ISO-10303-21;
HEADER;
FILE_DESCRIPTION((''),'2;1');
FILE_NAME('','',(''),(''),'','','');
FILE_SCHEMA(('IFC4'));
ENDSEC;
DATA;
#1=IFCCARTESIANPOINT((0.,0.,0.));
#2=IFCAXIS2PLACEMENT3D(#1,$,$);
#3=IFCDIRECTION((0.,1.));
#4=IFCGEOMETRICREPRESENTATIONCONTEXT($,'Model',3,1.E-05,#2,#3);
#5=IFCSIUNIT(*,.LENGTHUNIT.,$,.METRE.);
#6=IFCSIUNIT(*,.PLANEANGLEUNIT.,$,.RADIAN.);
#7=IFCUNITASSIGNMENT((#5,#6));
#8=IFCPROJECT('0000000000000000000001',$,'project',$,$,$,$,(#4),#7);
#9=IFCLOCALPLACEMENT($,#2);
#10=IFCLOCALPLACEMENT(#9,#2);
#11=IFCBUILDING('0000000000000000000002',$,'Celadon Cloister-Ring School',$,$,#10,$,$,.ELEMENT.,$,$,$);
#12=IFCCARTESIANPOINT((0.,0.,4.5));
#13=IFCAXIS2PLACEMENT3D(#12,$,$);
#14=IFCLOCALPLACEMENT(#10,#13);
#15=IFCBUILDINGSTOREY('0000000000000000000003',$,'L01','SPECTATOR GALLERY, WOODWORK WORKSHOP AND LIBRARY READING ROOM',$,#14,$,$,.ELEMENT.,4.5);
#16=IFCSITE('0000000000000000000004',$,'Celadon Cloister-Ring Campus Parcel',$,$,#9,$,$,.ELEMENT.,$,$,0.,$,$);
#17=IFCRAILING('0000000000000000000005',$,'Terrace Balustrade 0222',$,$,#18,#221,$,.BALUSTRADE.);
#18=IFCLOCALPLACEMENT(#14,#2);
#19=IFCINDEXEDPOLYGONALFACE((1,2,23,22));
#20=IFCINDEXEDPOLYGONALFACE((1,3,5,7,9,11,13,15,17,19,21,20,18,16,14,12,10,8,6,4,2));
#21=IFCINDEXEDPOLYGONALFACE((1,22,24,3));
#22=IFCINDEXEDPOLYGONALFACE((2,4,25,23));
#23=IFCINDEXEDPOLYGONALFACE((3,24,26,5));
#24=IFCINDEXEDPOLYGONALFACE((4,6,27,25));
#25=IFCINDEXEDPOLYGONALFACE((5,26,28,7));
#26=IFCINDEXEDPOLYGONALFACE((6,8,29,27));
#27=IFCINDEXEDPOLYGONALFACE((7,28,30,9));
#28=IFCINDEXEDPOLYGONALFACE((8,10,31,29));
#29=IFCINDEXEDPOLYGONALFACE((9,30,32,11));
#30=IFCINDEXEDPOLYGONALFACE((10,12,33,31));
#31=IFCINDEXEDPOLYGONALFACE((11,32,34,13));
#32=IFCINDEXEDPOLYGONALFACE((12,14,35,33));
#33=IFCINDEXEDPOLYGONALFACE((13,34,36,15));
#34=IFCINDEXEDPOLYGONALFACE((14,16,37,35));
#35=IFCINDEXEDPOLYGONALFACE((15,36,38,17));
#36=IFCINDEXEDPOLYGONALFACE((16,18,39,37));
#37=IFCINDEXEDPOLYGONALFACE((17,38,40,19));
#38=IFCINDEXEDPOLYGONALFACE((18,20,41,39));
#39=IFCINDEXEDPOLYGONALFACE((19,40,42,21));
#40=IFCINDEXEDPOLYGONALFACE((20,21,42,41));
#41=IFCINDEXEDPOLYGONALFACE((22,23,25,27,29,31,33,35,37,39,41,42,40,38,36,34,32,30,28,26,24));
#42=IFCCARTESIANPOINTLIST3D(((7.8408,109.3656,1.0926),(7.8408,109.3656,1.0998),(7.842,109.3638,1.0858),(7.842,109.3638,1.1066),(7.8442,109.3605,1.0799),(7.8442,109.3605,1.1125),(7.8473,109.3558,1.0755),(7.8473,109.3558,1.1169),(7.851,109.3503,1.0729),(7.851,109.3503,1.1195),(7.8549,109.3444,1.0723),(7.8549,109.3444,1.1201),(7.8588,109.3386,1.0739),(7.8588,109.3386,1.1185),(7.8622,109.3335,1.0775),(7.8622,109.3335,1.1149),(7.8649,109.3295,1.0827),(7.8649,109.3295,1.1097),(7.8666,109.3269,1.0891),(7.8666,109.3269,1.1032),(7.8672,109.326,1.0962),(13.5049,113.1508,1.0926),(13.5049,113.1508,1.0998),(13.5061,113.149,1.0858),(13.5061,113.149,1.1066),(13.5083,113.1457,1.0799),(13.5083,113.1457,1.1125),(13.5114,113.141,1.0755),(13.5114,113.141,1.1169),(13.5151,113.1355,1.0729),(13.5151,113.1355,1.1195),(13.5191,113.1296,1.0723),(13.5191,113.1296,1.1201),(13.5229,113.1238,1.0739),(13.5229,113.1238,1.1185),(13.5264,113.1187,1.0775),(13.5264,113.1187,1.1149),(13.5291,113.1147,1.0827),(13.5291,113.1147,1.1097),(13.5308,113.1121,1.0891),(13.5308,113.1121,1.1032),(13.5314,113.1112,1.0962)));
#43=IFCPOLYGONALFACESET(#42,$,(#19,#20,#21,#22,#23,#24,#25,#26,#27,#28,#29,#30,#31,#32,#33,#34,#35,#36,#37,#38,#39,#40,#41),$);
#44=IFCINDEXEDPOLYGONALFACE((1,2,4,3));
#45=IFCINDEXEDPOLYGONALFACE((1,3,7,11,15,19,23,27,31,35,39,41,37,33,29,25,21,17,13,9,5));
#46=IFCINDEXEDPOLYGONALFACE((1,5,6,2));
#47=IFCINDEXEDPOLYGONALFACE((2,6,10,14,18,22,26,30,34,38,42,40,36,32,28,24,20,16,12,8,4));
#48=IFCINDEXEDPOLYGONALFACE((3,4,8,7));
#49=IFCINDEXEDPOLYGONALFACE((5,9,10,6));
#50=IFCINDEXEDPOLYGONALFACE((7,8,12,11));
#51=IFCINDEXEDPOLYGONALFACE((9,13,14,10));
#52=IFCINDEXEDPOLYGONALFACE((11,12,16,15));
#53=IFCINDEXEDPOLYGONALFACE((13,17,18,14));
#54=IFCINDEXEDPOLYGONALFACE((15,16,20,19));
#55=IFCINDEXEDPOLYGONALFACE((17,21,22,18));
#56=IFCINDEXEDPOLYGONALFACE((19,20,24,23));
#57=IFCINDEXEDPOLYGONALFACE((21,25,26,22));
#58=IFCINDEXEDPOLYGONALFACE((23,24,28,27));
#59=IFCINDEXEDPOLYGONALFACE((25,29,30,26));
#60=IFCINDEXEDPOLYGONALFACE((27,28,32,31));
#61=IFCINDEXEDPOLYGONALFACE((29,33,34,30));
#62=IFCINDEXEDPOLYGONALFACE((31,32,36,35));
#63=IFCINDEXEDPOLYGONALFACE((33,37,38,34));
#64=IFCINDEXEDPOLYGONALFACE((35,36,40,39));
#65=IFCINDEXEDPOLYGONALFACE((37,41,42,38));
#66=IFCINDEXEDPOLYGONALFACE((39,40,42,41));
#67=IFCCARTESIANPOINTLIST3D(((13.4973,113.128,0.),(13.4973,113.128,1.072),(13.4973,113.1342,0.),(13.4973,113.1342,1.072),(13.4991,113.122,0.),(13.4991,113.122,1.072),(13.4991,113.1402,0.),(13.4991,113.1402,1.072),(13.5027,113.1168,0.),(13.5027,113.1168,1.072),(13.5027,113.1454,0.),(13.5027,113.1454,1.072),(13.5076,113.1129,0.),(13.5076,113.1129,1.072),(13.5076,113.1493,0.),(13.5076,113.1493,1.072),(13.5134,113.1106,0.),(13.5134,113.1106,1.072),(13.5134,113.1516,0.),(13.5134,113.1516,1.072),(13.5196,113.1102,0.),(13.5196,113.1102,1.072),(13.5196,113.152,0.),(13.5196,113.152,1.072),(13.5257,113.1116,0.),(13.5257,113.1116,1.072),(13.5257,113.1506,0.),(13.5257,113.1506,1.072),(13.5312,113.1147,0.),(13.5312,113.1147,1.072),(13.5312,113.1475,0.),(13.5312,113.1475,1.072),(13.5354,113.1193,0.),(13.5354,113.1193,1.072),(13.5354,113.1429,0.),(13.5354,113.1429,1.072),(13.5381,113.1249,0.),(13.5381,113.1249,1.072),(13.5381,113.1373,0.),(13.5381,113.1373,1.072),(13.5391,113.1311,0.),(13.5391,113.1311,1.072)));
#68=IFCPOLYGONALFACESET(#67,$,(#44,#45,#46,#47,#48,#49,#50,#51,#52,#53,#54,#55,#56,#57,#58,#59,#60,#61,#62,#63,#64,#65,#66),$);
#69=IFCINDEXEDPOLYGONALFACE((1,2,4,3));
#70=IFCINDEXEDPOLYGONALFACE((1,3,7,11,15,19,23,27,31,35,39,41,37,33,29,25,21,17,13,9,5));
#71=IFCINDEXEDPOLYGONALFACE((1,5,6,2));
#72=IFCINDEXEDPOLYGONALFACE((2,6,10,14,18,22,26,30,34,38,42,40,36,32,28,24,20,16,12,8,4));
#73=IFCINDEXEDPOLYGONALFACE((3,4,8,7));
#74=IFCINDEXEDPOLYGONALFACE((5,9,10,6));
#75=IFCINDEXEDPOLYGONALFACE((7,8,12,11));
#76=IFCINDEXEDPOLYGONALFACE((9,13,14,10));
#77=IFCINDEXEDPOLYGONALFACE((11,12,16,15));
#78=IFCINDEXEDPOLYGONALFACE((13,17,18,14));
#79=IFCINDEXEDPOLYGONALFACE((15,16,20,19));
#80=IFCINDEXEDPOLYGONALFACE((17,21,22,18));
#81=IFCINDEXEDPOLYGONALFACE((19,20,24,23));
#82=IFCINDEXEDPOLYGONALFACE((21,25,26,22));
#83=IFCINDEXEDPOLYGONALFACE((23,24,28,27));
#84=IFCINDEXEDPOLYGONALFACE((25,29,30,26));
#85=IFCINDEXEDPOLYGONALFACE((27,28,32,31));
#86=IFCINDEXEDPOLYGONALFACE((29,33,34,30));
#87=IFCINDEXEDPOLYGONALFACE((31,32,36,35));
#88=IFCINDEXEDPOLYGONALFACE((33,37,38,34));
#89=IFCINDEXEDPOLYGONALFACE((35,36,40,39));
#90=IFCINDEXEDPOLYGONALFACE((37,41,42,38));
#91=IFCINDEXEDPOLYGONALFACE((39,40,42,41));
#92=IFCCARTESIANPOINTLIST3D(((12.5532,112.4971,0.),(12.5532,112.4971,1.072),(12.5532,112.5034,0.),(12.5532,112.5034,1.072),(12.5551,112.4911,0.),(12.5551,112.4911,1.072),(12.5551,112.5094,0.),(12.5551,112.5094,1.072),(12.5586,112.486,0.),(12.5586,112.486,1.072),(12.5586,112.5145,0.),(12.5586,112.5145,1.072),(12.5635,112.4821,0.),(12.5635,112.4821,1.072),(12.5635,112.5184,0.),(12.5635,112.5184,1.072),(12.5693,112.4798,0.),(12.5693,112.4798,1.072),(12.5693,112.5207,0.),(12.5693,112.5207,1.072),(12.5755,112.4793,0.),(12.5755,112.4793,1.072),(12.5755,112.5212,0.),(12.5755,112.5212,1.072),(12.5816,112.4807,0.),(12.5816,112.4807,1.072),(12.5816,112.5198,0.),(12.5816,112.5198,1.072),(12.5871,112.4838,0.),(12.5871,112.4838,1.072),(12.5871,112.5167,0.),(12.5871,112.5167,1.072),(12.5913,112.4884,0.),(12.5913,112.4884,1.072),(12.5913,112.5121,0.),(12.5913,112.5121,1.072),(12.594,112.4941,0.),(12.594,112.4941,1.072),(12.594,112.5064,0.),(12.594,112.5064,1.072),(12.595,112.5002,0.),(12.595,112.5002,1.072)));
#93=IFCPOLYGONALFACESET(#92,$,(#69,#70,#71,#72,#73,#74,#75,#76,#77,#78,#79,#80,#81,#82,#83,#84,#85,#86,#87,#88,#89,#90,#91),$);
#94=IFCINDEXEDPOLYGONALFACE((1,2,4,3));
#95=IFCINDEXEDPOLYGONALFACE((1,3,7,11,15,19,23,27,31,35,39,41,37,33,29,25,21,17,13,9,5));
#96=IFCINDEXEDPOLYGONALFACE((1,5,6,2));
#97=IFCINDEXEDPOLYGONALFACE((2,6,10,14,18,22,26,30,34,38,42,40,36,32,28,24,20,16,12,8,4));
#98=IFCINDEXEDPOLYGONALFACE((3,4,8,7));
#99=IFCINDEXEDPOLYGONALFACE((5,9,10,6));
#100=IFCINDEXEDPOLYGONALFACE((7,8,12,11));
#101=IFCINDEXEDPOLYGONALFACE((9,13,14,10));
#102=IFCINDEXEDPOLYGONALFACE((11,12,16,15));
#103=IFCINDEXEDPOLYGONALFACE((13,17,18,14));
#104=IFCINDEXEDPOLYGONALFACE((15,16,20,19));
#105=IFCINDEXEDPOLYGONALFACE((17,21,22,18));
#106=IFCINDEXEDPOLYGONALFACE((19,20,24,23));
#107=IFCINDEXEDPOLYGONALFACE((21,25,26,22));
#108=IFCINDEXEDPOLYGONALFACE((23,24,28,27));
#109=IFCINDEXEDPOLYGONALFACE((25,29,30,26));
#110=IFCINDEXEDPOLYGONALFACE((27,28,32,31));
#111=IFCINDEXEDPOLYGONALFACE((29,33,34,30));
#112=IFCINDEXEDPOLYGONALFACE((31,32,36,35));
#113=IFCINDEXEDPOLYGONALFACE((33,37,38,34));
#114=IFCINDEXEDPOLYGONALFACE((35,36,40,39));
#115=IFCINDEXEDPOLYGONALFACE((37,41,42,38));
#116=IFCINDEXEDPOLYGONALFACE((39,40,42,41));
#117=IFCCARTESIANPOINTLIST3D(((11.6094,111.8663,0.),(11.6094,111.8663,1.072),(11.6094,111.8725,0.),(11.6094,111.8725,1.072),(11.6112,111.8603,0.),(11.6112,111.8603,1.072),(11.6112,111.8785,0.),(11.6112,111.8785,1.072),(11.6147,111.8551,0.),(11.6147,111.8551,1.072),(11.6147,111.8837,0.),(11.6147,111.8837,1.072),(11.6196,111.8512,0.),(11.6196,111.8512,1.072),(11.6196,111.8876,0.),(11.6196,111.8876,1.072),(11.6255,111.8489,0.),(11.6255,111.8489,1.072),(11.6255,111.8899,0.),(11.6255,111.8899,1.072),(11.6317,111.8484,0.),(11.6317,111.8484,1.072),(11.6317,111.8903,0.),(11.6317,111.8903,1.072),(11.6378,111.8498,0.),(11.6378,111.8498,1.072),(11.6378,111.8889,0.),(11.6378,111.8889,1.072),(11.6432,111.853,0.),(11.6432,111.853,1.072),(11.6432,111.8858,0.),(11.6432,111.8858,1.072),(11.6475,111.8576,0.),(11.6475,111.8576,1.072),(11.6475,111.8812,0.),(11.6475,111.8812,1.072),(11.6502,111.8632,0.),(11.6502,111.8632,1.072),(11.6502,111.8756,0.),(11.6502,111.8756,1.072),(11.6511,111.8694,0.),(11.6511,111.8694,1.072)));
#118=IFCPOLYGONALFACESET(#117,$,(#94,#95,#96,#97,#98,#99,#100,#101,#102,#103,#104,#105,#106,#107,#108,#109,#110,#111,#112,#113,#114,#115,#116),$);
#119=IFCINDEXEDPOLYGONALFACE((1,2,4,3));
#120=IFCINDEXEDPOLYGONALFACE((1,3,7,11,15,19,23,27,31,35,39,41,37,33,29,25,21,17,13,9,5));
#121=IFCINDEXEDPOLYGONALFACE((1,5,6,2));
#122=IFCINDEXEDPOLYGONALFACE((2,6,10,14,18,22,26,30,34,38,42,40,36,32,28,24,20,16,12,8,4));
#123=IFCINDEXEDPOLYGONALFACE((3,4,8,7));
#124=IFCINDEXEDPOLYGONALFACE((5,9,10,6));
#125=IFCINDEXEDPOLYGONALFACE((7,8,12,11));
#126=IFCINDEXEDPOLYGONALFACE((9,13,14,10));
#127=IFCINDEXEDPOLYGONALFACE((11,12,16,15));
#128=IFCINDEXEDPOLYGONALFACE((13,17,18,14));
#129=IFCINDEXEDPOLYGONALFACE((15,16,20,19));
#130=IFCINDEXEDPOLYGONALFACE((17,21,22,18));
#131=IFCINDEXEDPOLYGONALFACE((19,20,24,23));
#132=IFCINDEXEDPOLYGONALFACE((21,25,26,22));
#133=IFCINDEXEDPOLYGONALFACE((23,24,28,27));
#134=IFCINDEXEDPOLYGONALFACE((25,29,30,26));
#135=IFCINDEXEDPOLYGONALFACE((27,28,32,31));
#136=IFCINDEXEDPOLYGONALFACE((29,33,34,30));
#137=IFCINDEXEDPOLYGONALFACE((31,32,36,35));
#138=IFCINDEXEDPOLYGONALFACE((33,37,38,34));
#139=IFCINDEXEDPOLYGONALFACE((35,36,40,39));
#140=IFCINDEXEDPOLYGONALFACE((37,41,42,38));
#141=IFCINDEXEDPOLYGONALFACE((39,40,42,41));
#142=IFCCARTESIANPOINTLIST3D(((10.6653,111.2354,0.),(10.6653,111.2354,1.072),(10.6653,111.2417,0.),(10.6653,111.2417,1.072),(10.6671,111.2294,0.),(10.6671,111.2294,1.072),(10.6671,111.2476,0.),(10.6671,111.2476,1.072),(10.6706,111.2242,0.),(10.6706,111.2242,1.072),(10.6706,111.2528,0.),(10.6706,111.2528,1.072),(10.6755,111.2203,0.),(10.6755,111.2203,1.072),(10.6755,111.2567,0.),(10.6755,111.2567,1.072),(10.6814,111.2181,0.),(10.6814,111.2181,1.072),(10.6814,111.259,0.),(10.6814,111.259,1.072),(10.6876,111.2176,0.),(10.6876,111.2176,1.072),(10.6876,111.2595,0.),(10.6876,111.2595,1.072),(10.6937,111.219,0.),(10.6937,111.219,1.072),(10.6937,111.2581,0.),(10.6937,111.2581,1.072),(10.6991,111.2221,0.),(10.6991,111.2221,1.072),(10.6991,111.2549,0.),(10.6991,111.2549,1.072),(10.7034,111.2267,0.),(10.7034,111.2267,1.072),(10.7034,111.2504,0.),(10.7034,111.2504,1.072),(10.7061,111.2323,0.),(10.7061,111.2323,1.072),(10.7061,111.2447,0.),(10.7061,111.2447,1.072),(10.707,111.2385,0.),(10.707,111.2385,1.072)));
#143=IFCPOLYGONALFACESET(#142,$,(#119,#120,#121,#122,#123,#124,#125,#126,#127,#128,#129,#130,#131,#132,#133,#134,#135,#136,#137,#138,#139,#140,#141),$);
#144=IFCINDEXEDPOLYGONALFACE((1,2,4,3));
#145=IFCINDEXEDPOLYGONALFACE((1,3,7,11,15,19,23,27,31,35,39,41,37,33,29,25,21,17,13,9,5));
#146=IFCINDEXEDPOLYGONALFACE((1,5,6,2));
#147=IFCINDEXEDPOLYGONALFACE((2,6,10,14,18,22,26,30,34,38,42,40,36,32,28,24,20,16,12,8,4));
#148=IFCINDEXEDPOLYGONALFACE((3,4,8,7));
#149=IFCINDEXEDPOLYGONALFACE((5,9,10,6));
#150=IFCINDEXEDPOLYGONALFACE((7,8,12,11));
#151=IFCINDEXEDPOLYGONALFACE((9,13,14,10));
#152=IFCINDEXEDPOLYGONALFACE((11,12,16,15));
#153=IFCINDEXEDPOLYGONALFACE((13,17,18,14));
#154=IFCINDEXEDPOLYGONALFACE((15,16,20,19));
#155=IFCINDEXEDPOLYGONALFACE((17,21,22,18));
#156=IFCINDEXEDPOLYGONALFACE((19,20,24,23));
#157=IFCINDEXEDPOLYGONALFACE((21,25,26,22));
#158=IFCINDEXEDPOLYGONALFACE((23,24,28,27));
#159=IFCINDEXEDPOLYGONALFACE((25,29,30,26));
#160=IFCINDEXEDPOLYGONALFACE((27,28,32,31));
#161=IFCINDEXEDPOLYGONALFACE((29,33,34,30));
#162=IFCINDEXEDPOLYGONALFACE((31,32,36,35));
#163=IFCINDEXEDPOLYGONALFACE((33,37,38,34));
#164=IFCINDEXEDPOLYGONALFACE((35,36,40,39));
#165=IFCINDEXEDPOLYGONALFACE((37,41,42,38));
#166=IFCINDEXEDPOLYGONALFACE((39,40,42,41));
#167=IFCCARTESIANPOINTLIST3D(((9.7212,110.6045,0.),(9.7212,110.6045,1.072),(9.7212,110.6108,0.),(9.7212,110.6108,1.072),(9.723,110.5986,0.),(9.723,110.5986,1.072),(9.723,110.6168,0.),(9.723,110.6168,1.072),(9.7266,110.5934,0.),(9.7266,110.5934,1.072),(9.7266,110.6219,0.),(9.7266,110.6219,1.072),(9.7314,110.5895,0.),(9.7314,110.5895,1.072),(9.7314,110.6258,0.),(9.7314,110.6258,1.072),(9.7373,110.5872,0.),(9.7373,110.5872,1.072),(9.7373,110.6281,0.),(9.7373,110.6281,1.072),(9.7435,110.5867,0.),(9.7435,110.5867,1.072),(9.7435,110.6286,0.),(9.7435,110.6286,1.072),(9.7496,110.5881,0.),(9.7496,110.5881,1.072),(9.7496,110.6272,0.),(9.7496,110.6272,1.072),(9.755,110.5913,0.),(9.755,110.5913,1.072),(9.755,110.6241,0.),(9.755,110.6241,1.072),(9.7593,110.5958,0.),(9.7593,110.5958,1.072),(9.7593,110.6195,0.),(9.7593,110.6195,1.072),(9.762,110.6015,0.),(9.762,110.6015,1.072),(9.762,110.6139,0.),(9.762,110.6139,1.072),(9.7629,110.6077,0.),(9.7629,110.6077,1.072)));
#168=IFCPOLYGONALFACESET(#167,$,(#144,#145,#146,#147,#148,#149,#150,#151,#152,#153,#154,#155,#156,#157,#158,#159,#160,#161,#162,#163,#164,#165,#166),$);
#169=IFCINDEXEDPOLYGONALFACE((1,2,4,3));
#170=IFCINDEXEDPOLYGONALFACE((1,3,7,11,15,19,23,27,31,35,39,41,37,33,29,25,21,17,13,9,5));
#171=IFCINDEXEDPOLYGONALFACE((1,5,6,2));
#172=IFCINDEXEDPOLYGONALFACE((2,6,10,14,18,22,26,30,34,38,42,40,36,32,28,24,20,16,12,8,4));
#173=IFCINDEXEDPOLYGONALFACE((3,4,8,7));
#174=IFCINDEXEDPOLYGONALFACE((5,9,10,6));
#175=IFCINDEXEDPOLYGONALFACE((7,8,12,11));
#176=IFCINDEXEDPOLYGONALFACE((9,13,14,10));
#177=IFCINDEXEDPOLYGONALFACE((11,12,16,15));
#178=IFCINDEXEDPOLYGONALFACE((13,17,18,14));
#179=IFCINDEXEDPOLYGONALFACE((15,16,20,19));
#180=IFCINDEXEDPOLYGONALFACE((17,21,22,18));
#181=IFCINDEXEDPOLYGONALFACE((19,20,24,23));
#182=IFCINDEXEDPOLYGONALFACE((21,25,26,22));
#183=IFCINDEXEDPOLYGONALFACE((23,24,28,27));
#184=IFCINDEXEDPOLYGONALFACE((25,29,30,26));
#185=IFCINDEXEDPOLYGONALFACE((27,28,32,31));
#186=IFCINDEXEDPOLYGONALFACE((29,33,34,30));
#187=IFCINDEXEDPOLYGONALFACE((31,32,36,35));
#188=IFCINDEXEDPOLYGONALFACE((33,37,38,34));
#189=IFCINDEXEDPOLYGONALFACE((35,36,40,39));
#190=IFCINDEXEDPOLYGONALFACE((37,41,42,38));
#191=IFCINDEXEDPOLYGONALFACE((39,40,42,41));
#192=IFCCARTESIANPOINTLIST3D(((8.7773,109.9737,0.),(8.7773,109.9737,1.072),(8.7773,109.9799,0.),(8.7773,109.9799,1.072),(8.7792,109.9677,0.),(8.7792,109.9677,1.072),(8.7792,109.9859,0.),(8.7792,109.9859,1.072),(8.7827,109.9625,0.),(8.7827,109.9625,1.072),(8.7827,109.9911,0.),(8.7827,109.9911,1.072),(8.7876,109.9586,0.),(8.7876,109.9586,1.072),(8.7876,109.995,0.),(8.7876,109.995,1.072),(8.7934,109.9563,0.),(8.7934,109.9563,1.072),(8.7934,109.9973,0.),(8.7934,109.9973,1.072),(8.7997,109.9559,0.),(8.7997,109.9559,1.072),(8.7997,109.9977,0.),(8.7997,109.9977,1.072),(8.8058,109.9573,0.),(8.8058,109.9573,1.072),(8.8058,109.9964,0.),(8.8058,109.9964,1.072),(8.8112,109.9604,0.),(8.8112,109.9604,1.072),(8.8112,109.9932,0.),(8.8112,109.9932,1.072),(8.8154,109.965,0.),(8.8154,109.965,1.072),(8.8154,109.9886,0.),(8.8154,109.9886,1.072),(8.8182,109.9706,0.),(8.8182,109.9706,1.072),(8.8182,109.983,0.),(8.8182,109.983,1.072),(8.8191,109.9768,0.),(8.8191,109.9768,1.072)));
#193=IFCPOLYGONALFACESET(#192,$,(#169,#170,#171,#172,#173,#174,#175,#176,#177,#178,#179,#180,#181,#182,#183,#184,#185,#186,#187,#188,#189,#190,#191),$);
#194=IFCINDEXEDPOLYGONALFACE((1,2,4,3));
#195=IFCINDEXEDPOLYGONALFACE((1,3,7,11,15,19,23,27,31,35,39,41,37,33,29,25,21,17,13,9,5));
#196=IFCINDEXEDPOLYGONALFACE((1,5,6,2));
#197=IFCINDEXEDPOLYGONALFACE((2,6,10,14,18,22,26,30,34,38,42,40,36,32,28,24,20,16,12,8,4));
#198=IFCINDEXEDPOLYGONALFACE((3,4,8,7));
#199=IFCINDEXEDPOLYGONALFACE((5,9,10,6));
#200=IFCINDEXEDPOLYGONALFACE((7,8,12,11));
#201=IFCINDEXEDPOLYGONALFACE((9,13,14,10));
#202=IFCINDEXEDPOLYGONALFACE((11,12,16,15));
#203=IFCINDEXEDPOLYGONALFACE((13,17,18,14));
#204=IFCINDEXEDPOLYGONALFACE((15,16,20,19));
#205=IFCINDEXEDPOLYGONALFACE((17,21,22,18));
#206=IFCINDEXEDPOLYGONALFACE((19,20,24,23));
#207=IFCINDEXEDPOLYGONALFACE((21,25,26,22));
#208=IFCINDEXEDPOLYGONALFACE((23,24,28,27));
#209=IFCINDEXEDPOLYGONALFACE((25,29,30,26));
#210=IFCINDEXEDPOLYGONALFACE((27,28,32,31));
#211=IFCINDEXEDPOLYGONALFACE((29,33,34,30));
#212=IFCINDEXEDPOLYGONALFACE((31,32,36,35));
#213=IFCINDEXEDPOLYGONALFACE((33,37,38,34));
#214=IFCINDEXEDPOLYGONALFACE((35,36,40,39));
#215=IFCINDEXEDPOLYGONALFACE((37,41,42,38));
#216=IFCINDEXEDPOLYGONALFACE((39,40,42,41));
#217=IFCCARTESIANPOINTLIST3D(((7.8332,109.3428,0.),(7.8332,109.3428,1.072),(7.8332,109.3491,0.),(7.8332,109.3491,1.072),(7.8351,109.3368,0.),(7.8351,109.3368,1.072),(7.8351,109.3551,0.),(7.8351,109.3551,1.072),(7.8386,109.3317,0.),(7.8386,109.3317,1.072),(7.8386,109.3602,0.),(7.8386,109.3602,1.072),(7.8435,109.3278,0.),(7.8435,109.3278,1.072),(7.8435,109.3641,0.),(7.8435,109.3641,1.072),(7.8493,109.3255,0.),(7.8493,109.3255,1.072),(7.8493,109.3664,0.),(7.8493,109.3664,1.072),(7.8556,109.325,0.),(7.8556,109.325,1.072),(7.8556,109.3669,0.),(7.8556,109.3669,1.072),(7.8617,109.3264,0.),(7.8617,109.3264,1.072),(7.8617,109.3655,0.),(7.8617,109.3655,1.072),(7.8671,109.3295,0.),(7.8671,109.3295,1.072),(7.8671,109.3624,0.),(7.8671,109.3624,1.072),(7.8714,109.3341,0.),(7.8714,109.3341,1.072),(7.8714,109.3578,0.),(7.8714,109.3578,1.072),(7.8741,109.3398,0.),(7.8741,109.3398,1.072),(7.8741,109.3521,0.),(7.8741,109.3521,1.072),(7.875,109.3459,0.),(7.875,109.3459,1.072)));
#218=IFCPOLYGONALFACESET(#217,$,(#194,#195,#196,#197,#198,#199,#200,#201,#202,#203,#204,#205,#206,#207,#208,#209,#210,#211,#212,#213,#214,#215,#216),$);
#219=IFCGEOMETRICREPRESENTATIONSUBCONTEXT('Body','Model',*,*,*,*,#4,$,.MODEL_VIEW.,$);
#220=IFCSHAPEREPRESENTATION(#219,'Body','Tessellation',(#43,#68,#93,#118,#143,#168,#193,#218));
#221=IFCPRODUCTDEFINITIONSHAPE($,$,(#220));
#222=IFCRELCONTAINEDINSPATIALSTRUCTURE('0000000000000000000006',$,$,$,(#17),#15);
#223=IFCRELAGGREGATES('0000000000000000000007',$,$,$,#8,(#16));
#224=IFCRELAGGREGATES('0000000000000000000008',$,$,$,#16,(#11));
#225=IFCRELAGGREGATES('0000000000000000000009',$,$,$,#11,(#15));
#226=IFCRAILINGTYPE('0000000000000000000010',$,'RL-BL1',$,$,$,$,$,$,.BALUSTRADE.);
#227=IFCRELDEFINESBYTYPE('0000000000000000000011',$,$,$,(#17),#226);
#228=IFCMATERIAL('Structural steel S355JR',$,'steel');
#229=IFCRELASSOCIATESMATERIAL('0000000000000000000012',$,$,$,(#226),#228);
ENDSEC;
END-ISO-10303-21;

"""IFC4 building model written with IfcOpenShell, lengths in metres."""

from ifc_helpers import new_model, si_unit, direction, frame, origin, origin_2d, place, context, subcontext, project, spatial, circle, extrude, material, type_object, element, save


model = new_model("IFC4")

# Units and contexts
model_context = context("Model", 3, precision=1e-05, world=origin(), true_north=direction((0.0, 1.0)))
body_context = subcontext(model_context, "Body", "Model", "MODEL_VIEW")
ifc_project = project(units=[si_unit("LENGTHUNIT", "METRE"), si_unit("PLANEANGLEUNIT", "RADIAN")], contexts=[model_context])

# Site, building, storey
site_placement = place(None, origin())
site = spatial("IfcSite", under=ifc_project, at=site_placement, Name="Celadon Cloister-Ring Campus Parcel", CompositionType="ELEMENT", RefElevation=0.0)
building_placement = place(site_placement, origin())
building = spatial("IfcBuilding", under=site, at=building_placement, Name="Celadon Cloister-Ring School", CompositionType="ELEMENT")
storey_placement = place(building_placement, frame((0.0, 0.0, 4.5)))
storey = spatial("IfcBuildingStorey", under=building, at=storey_placement, Name="L01", Description="SPECTATOR GALLERY, WOODWORK WORKSHOP AND LIBRARY READING ROOM", CompositionType="ELEMENT", Elevation=4.5)

# Railing
ifc_material_1 = material(Name="Structural steel S355JR", Category="steel")
railing_type = type_object("IfcRailingType", Name="RL-BL1", PredefinedType="BALUSTRADE", material=ifc_material_1)
railing_placement = place(storey_placement, frame((13.5181, 113.1311, 0.0)))
element("IfcRailing", 1, at=railing_placement, inside=storey, type_object=railing_type, Name="Terrace Balustrade 0222", PredefinedType="BALUSTRADE", context=body_context, shape_type="SweptSolid", body=[
    extrude(circle(Radius=0.0239, at=origin_2d()), frame((0.0, 0.0, 1.0962), z_axis=(-0.831432, -0.555626, 0.0), x_axis=(0.555626, -0.831432, 0.0)), (0.0, 0.0, 1.0), 6.8125),
    extrude(circle(Radius=0.021, at=origin_2d()), origin(), (0.0, 0.0, 1.0), 1.072),
    extrude(circle(Radius=0.021, at=origin_2d()), frame((-0.9441, -0.6309, 0.0)), (0.0, 0.0, 1.0), 1.072),
    extrude(circle(Radius=0.021, at=origin_2d()), frame((-1.8879, -1.2617, 0.0)), (0.0, 0.0, 1.0), 1.072),
    extrude(circle(Radius=0.021, at=origin_2d()), frame((-2.832, -1.8926, 0.0)), (0.0, 0.0, 1.0), 1.072),
    extrude(circle(Radius=0.021, at=origin_2d()), frame((-3.7761, -2.5234, 0.0)), (0.0, 0.0, 1.0), 1.072),
    extrude(circle(Radius=0.021, at=origin_2d()), frame((-4.72, -3.1543, 0.0)), (0.0, 0.0, 1.0), 1.072),
    extrude(circle(Radius=0.021, at=origin_2d()), frame((-5.6641, -3.7852, 0.0)), (0.0, 0.0, 1.0), 1.072),
])

save(model, "model.ifc")
